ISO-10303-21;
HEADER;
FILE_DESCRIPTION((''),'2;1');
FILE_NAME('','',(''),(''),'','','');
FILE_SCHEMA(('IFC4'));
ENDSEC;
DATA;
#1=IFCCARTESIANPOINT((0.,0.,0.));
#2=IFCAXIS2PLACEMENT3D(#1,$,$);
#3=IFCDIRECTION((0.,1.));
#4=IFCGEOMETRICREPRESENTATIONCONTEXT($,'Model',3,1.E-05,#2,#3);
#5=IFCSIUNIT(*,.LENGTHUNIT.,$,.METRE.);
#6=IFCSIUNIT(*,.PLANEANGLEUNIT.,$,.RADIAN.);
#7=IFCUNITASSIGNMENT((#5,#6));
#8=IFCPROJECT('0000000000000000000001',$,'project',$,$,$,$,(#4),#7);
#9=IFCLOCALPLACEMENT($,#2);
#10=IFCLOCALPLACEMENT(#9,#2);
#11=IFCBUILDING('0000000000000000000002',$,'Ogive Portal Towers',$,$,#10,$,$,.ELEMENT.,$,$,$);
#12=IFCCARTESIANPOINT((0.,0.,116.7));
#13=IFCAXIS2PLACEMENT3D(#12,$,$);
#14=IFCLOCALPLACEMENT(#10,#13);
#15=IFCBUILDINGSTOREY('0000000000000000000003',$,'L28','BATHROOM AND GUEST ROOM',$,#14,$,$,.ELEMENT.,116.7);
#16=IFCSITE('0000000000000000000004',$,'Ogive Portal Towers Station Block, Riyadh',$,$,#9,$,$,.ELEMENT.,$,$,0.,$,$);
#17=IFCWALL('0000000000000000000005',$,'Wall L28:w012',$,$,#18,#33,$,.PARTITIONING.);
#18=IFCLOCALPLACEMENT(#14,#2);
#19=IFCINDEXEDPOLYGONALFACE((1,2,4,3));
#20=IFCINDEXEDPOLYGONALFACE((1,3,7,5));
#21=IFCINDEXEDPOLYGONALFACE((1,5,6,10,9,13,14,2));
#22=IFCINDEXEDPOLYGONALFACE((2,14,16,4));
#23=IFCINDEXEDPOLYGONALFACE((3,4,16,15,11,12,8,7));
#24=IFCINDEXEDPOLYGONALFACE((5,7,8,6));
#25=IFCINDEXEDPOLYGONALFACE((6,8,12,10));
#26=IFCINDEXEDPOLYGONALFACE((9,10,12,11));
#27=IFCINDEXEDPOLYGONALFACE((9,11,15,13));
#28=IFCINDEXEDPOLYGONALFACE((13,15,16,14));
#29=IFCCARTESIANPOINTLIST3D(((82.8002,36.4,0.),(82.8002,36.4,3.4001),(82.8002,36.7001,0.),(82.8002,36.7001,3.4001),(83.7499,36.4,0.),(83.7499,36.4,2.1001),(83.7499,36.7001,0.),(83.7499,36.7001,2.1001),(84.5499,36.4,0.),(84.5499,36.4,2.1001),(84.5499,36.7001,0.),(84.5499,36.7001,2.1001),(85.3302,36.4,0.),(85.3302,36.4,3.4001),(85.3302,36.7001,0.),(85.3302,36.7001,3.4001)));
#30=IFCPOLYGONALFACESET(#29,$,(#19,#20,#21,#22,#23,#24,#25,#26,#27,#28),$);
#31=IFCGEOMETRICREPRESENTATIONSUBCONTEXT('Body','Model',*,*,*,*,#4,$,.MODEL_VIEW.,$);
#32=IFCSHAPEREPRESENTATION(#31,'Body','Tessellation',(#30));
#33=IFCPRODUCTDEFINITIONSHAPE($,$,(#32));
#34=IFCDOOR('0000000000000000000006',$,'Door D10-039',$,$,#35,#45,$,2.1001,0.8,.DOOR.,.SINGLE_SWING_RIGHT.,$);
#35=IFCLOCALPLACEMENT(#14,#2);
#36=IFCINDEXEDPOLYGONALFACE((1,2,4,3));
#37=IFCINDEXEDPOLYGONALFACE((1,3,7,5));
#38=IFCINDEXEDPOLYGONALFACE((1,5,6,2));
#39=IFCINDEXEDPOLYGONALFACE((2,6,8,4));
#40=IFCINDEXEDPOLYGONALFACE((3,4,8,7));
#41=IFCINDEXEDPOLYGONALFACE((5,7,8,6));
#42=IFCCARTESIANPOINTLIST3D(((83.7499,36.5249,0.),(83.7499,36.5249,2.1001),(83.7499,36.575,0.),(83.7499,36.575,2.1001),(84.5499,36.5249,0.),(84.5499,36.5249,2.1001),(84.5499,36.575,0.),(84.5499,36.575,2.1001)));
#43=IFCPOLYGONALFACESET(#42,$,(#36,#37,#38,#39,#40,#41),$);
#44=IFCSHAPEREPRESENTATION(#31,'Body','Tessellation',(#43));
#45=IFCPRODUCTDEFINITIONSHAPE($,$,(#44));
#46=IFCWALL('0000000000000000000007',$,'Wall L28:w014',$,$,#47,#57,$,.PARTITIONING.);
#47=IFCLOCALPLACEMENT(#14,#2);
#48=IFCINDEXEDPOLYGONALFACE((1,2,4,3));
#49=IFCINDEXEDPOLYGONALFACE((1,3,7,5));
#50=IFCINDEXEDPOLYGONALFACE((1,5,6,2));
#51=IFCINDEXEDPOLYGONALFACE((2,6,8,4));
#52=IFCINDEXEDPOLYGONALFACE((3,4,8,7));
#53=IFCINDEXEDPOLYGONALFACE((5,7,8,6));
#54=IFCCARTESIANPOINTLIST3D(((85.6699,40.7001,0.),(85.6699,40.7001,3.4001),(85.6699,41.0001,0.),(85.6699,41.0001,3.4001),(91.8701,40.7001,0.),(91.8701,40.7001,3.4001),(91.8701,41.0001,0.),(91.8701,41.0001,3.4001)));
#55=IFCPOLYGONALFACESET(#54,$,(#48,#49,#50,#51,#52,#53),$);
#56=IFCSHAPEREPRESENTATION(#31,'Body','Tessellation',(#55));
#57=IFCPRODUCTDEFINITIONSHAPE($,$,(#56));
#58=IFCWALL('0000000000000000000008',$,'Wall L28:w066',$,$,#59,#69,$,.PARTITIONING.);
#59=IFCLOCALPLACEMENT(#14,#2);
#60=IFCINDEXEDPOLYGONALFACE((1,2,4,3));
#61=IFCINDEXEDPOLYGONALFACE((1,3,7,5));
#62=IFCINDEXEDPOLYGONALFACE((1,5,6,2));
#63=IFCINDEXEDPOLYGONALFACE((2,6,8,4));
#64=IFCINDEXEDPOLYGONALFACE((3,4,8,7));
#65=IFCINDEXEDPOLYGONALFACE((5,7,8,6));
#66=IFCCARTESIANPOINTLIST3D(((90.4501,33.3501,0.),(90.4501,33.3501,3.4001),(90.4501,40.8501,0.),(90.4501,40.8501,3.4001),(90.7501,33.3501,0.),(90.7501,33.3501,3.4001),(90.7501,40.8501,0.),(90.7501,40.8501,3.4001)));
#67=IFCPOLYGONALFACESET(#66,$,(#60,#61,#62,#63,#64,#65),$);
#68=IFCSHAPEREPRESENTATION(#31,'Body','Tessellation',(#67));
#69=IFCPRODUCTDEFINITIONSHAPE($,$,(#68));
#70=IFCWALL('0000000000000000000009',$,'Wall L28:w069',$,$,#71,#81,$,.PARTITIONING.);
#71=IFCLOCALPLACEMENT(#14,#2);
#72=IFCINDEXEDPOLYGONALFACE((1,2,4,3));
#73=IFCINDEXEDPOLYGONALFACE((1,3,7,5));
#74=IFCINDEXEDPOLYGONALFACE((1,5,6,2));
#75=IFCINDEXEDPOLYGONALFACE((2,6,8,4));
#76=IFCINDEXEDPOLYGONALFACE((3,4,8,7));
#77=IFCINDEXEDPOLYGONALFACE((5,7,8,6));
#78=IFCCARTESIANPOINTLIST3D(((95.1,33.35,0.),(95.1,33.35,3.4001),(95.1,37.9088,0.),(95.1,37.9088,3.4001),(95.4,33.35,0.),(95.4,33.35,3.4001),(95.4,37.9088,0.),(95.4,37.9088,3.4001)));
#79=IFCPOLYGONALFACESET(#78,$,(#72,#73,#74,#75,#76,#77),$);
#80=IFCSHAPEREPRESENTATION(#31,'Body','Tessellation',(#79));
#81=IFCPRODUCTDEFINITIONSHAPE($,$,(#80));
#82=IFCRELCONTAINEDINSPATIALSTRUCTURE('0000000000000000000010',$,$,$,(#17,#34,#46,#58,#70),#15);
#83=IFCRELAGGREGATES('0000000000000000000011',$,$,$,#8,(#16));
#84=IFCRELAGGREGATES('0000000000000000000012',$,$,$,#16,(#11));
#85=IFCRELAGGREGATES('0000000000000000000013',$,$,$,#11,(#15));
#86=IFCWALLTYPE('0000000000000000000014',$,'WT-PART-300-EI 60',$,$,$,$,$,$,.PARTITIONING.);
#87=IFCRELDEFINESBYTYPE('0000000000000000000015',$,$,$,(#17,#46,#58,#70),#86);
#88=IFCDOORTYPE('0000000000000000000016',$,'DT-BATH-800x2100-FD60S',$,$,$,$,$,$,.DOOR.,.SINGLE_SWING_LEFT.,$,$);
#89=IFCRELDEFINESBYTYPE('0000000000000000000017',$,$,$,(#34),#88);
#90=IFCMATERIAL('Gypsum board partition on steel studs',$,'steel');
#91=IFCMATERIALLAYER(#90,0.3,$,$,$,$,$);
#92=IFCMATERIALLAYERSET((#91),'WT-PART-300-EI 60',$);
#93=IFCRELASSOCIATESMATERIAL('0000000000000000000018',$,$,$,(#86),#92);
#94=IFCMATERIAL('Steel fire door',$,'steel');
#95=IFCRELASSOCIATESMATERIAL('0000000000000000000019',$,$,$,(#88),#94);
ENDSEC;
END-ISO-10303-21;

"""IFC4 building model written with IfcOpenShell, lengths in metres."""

from ifc_helpers import new_model, si_unit, direction, frame, frame_2d, origin, place, context, subcontext, project, spatial, rectangle, extrude, material, layer, layer_set, type_object, element, fill, save


model = new_model("IFC4")

# Units and contexts
model_context = context("Model", 3, precision=1e-05, world=origin(), true_north=direction((0.0, 1.0)))
body_context = subcontext(model_context, "Body", "Model", "MODEL_VIEW")
ifc_project = project(units=[si_unit("LENGTHUNIT", "METRE"), si_unit("PLANEANGLEUNIT", "RADIAN")], contexts=[model_context])

# Site, building, storey
site_placement = place(None, origin())
site = spatial("IfcSite", under=ifc_project, at=site_placement, Name="Ogive Portal Towers Station Block, Riyadh", CompositionType="ELEMENT", RefElevation=0.0)
building_placement = place(site_placement, origin())
building = spatial("IfcBuilding", under=site, at=building_placement, Name="Ogive Portal Towers", CompositionType="ELEMENT")
storey_placement = place(building_placement, frame((0.0, 0.0, 116.7)))
storey = spatial("IfcBuildingStorey", under=building, at=storey_placement, Name="L28", Description="BATHROOM AND GUEST ROOM", CompositionType="ELEMENT", Elevation=116.7)

# Wall, opening, door
ifc_material_1 = material(Name="Gypsum board partition on steel studs", Category="steel")
ifc_layer_1 = layer(ifc_material_1, 0.3)
ifc_layer_set_1 = layer_set([ifc_layer_1], Name="WT-PART-300-EI 60")
wall_type = type_object("IfcWallType", Name="WT-PART-300-EI 60", PredefinedType="PARTITIONING", material=ifc_layer_set_1)
wall_1_placement = place(storey_placement, frame((82.8, 36.55, 0.0), z_axis=(0.0, 0.0, 1.0), x_axis=(1.0, 0.0, 0.0)))
wall_1 = element("IfcWall", 1, at=wall_1_placement, inside=storey, type_object=wall_type, Name="Wall L28:w012", PredefinedType="PARTITIONING", context=body_context, shape_type="SweptSolid", body=[
    extrude(rectangle(XDim=2.53, YDim=0.3, at=frame_2d((1.2651, 0.0))), origin(), (0.0, 0.0, 1.0), 3.4001),
])
opening_placement = place(wall_1_placement, frame((0.95, 0.0, 0.0)))
opening = element("IfcOpeningElement", 2, at=opening_placement, cuts=wall_1, PredefinedType="OPENING", context=body_context, shape_type="SweptSolid", body=[
    extrude(rectangle(XDim=0.8, YDim=2.1001, at=frame_2d((0.3999, 1.05))), frame((0.0, 0.1602, 0.0), z_axis=(0.0, -1.0, 0.0), x_axis=(1.0, 0.0, 0.0)), (0.0, 0.0, 1.0), 0.3201),
])
ifc_material_2 = material(Name="Steel fire door", Category="steel")
door_type = type_object("IfcDoorType", Name="DT-BATH-800x2100-FD60S", OperationType="SINGLE_SWING_LEFT", PredefinedType="DOOR", material=ifc_material_2)
door_placement = place(opening_placement, origin())
door = element("IfcDoor", 3, at=door_placement, inside=storey, type_object=door_type, Name="Door D10-039", OperationType="SINGLE_SWING_RIGHT", OverallHeight=2.1001, OverallWidth=0.8, PredefinedType="DOOR", context=body_context, shape_type="SweptSolid", body=[
    extrude(rectangle(XDim=0.8, YDim=2.1001, at=frame_2d((0.3999, 1.05))), frame((0.0, 0.0249, 0.0), z_axis=(0.0, -1.0, 0.0), x_axis=(1.0, 0.0, 0.0)), (0.0, 0.0, 1.0), 0.05),
])
fill(opening, door)

# Walls
wall_2_placement = place(storey_placement, frame((85.6699, 40.8501, 0.0), z_axis=(0.0, 0.0, 1.0), x_axis=(1.0, 0.0, 0.0)))
element("IfcWall", 4, at=wall_2_placement, inside=storey, type_object=wall_type, Name="Wall L28:w014", PredefinedType="PARTITIONING", context=body_context, shape_type="SweptSolid", body=[
    extrude(rectangle(XDim=6.2002, YDim=0.3, at=frame_2d((3.1001, 0.0))), origin(), (0.0, 0.0, 1.0), 3.4001),
])
wall_3_placement = place(storey_placement, frame((90.6001, 33.3501, 0.0), z_axis=(0.0, 0.0, 1.0), x_axis=(0.0, 1.0, 0.0)))
element("IfcWall", 5, at=wall_3_placement, inside=storey, type_object=wall_type, Name="Wall L28:w066", PredefinedType="PARTITIONING", context=body_context, shape_type="SweptSolid", body=[
    extrude(rectangle(XDim=7.5, YDim=0.3, at=frame_2d((3.75, 0.0))), origin(), (0.0, 0.0, 1.0), 3.4001),
])
wall_4_placement = place(storey_placement, frame((95.25, 33.3501, 0.0), z_axis=(0.0, 0.0, 1.0), x_axis=(0.0, 1.0, 0.0)))
element("IfcWall", 6, at=wall_4_placement, inside=storey, type_object=wall_type, Name="Wall L28:w069", PredefinedType="PARTITIONING", context=body_context, shape_type="SweptSolid", body=[
    extrude(rectangle(XDim=4.5588, YDim=0.3, at=frame_2d((2.2793, 0.0))), origin(), (0.0, 0.0, 1.0), 3.4001),
])

save(model, "model.ifc")
